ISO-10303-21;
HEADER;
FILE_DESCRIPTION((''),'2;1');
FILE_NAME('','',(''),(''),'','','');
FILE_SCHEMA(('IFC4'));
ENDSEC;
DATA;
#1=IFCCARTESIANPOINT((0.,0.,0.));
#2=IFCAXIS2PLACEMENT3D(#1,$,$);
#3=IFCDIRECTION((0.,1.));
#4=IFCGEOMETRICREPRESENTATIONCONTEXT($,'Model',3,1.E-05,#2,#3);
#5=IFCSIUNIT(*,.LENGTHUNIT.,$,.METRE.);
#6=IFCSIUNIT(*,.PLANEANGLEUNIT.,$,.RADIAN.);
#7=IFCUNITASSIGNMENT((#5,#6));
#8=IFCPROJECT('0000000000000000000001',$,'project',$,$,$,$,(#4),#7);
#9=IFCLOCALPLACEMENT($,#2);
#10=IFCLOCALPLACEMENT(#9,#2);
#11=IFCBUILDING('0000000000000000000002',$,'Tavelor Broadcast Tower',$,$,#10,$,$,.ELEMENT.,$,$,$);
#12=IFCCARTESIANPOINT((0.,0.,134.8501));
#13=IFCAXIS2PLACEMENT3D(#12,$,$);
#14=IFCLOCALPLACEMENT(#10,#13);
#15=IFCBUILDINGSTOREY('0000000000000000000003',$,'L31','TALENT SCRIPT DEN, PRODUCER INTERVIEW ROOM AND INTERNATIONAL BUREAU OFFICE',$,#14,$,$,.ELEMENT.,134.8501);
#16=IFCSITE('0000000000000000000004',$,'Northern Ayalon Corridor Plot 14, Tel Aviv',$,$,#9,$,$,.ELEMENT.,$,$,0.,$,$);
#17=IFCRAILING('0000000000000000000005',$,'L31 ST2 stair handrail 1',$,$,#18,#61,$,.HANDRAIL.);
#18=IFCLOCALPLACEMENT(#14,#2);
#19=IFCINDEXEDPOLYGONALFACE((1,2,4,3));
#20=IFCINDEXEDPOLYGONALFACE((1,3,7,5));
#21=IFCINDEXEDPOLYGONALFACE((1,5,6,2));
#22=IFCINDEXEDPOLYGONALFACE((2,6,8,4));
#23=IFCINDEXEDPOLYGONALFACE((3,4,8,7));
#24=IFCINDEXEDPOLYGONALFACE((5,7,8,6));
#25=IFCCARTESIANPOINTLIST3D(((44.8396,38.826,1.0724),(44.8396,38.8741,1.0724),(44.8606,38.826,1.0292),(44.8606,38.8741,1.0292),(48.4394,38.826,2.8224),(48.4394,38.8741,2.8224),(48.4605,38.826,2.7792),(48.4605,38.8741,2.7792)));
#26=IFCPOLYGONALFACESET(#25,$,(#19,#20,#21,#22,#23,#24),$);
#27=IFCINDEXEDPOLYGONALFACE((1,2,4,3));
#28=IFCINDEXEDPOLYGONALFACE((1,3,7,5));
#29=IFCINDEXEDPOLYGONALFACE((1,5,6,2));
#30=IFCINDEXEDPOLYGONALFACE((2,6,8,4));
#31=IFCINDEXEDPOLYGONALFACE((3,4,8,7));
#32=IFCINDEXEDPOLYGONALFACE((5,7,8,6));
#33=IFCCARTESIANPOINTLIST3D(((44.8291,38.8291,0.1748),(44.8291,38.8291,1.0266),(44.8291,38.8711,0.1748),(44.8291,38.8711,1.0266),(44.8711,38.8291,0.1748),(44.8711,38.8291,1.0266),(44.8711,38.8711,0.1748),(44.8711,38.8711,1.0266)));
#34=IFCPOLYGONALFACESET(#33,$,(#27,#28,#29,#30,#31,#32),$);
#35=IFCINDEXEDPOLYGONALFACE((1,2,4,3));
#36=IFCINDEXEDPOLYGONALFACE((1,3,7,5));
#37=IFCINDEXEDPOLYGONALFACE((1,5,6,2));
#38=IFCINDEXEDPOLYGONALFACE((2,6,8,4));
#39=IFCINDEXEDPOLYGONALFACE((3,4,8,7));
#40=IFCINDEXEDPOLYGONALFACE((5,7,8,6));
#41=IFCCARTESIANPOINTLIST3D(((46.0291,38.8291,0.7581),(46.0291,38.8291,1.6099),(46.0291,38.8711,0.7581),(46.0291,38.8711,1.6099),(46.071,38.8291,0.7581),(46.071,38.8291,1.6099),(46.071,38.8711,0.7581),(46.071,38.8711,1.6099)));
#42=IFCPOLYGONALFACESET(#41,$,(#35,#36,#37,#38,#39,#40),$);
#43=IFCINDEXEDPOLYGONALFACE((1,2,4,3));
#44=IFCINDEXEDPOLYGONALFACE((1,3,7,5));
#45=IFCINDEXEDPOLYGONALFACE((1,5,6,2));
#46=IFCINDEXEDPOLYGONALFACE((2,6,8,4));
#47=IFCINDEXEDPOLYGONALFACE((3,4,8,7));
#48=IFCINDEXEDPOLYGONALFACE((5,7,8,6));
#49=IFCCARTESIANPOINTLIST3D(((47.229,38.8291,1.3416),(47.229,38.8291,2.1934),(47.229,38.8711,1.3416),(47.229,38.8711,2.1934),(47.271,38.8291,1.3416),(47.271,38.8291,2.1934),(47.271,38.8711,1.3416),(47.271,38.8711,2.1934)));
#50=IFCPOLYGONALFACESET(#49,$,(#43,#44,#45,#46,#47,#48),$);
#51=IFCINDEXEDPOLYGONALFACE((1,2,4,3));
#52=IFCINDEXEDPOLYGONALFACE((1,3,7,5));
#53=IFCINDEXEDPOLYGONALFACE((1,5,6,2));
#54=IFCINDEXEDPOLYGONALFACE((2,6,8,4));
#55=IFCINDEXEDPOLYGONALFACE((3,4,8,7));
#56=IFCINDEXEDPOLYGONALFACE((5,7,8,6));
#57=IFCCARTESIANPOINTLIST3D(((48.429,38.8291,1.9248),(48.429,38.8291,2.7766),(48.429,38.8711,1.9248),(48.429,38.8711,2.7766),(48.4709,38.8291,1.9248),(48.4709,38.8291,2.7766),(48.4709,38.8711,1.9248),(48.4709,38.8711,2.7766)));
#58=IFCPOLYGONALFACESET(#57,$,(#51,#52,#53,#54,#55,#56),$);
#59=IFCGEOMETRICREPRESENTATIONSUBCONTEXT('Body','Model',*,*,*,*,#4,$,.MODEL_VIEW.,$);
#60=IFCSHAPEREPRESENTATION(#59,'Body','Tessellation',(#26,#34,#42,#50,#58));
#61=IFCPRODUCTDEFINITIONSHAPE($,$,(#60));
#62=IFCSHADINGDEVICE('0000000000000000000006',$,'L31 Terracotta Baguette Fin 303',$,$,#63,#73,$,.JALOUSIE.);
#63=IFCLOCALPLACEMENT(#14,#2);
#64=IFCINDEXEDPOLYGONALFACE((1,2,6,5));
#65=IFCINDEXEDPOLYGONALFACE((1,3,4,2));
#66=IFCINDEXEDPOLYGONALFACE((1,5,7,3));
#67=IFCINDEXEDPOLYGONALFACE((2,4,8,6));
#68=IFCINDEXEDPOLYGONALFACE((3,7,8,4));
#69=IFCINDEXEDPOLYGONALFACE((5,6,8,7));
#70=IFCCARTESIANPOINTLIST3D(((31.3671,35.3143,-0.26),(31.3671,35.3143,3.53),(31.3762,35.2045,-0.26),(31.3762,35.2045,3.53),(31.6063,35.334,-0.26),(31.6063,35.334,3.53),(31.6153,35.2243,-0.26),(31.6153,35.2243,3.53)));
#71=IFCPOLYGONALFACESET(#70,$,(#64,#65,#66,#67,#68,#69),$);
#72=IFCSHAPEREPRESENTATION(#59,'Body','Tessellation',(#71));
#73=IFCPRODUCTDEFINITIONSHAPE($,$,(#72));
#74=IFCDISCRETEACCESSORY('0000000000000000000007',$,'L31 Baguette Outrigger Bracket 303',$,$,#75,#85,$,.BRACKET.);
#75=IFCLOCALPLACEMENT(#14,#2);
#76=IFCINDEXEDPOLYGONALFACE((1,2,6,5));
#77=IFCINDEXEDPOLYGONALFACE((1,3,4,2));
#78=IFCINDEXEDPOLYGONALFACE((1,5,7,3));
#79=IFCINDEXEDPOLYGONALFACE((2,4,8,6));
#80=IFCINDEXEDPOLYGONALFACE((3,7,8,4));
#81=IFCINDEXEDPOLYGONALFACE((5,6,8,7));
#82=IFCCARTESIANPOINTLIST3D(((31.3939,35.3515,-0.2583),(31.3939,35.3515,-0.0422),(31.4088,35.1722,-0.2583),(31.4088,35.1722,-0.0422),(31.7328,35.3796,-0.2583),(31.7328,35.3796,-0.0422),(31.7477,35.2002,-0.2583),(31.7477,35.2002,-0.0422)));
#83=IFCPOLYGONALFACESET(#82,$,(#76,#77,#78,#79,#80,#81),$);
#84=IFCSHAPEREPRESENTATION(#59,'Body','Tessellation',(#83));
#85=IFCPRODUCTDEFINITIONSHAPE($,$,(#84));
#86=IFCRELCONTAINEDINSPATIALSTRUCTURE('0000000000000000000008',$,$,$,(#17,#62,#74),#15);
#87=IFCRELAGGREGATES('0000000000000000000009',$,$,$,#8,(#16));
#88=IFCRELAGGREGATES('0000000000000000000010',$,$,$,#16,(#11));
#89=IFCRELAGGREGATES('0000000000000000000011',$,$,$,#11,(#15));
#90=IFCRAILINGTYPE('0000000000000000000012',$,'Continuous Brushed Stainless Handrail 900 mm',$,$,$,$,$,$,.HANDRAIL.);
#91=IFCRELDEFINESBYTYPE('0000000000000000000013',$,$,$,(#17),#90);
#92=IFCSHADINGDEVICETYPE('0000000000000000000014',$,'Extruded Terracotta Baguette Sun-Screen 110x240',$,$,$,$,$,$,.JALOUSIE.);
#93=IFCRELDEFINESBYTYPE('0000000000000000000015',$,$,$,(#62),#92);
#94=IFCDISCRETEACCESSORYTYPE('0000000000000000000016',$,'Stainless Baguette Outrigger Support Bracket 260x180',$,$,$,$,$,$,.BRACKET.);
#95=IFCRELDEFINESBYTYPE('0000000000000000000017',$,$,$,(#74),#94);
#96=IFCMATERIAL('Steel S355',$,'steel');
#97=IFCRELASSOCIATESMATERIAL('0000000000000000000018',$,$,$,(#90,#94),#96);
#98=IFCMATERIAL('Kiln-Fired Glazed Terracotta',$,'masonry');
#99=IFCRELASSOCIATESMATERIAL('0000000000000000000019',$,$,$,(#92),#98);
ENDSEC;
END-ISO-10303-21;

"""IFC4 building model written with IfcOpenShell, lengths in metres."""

from ifc_helpers import new_model, si_unit, direction, frame, origin, origin_2d, place, context, subcontext, project, spatial, rectangle, extrude, source, transform, mapped, material, type_object, type_shapes, element, save


model = new_model("IFC4")

# Units and contexts
model_context = context("Model", 3, precision=1e-05, world=origin(), true_north=direction((0.0, 1.0)))
body_context = subcontext(model_context, "Body", "Model", "MODEL_VIEW")
ifc_project = project(units=[si_unit("LENGTHUNIT", "METRE"), si_unit("PLANEANGLEUNIT", "RADIAN")], contexts=[model_context])

# Site, building, storey
site_placement = place(None, origin())
site = spatial("IfcSite", under=ifc_project, at=site_placement, Name="Northern Ayalon Corridor Plot 14, Tel Aviv", CompositionType="ELEMENT", RefElevation=0.0)
building_placement = place(site_placement, origin())
building = spatial("IfcBuilding", under=site, at=building_placement, Name="Tavelor Broadcast Tower", CompositionType="ELEMENT")
storey_placement = place(building_placement, frame((0.0, 0.0, 134.8501)))
storey = spatial("IfcBuildingStorey", under=building, at=storey_placement, Name="L31", Description="TALENT SCRIPT DEN, PRODUCER INTERVIEW ROOM AND INTERNATIONAL BUREAU OFFICE", CompositionType="ELEMENT", Elevation=134.8501)

# Shared definitions
ifc_material_1 = material(Name="Steel S355", Category="steel")

# Railing
railing_type = type_object("IfcRailingType", Name="Continuous Brushed Stainless Handrail 900 mm", PredefinedType="HANDRAIL", material=ifc_material_1)
railing_placement = place(storey_placement, frame((44.8501, 38.8501, 0.1748)))
element("IfcRailing", 1, at=railing_placement, inside=storey, type_object=railing_type, Name="L31 ST2 stair handrail 1", PredefinedType="HANDRAIL", context=body_context, shape_type="SweptSolid", body=[
    extrude(rectangle(XDim=0.0481, YDim=0.0481, at=origin_2d()), frame((0.0, 0.0, 0.876), z_axis=(0.899361, 0.0, 0.437207), x_axis=(0.0, 1.0, 0.0)), (0.0, 0.0, 1.0), 4.0027),
    extrude(rectangle(XDim=0.042, YDim=0.042, at=origin_2d()), origin(), (0.0, 0.0, 1.0), 0.8518),
    extrude(rectangle(XDim=0.042, YDim=0.042, at=origin_2d()), frame((1.2, 0.0, 0.5833)), (0.0, 0.0, 1.0), 0.8518),
    extrude(rectangle(XDim=0.042, YDim=0.042, at=origin_2d()), frame((2.3999, 0.0, 1.1667)), (0.0, 0.0, 1.0), 0.8518),
    extrude(rectangle(XDim=0.042, YDim=0.042, at=origin_2d()), frame((3.5999, 0.0, 1.75)), (0.0, 0.0, 1.0), 0.8518),
])

# Shading device
ifc_material_2 = material(Name="Kiln-Fired Glazed Terracotta", Category="masonry")
shading_device_type = type_object("IfcShadingDeviceType", Name="Extruded Terracotta Baguette Sun-Screen 110x240", PredefinedType="JALOUSIE", material=ifc_material_2)
shared_shape_1 = source(origin(), body_context, "Body", "SweptSolid", [
    extrude(rectangle(XDim=0.1101, YDim=0.24, at=origin_2d()), origin(), (0.0, 0.0, 1.0), 3.79),
])
type_shapes(shading_device_type, [shared_shape_1])
shading_device_placement = place(storey_placement, frame((31.4912, 35.2693, -0.26), z_axis=(0.0, 0.0, 1.0), x_axis=(0.08246, -0.996594, 0.0)))
element("IfcShadingDevice", 2, at=shading_device_placement, inside=storey, type_object=shading_device_type, Name="L31 Terracotta Baguette Fin 303", PredefinedType="JALOUSIE", context=body_context, shape_type="MappedRepresentation", body=[
    mapped(shared_shape_1, transform((0.0, 0.0, 0.0), scale=1.0)),
])

# Discrete accessory
discrete_accessory_type = type_object("IfcDiscreteAccessoryType", Name="Stainless Baguette Outrigger Support Bracket 260x180", PredefinedType="BRACKET", material=ifc_material_1)
shared_shape_2 = source(origin(), body_context, "Body", "SweptSolid", [
    extrude(rectangle(XDim=0.1799, YDim=0.3401, at=origin_2d()), origin(), (0.0, 0.0, 1.0), 0.2161),
])
type_shapes(discrete_accessory_type, [shared_shape_2])
discrete_accessory_placement = place(storey_placement, frame((31.5708, 35.2759, -0.2583), z_axis=(0.0, 0.0, 1.0), x_axis=(0.08246, -0.996594, 0.0)))
element("IfcDiscreteAccessory", 3, at=discrete_accessory_placement, inside=storey, type_object=discrete_accessory_type, Name="L31 Baguette Outrigger Bracket 303", PredefinedType="BRACKET", context=body_context, shape_type="MappedRepresentation", body=[
    mapped(shared_shape_2, transform((0.0, 0.0, 0.0), scale=1.0)),
])

save(model, "model.ifc")
